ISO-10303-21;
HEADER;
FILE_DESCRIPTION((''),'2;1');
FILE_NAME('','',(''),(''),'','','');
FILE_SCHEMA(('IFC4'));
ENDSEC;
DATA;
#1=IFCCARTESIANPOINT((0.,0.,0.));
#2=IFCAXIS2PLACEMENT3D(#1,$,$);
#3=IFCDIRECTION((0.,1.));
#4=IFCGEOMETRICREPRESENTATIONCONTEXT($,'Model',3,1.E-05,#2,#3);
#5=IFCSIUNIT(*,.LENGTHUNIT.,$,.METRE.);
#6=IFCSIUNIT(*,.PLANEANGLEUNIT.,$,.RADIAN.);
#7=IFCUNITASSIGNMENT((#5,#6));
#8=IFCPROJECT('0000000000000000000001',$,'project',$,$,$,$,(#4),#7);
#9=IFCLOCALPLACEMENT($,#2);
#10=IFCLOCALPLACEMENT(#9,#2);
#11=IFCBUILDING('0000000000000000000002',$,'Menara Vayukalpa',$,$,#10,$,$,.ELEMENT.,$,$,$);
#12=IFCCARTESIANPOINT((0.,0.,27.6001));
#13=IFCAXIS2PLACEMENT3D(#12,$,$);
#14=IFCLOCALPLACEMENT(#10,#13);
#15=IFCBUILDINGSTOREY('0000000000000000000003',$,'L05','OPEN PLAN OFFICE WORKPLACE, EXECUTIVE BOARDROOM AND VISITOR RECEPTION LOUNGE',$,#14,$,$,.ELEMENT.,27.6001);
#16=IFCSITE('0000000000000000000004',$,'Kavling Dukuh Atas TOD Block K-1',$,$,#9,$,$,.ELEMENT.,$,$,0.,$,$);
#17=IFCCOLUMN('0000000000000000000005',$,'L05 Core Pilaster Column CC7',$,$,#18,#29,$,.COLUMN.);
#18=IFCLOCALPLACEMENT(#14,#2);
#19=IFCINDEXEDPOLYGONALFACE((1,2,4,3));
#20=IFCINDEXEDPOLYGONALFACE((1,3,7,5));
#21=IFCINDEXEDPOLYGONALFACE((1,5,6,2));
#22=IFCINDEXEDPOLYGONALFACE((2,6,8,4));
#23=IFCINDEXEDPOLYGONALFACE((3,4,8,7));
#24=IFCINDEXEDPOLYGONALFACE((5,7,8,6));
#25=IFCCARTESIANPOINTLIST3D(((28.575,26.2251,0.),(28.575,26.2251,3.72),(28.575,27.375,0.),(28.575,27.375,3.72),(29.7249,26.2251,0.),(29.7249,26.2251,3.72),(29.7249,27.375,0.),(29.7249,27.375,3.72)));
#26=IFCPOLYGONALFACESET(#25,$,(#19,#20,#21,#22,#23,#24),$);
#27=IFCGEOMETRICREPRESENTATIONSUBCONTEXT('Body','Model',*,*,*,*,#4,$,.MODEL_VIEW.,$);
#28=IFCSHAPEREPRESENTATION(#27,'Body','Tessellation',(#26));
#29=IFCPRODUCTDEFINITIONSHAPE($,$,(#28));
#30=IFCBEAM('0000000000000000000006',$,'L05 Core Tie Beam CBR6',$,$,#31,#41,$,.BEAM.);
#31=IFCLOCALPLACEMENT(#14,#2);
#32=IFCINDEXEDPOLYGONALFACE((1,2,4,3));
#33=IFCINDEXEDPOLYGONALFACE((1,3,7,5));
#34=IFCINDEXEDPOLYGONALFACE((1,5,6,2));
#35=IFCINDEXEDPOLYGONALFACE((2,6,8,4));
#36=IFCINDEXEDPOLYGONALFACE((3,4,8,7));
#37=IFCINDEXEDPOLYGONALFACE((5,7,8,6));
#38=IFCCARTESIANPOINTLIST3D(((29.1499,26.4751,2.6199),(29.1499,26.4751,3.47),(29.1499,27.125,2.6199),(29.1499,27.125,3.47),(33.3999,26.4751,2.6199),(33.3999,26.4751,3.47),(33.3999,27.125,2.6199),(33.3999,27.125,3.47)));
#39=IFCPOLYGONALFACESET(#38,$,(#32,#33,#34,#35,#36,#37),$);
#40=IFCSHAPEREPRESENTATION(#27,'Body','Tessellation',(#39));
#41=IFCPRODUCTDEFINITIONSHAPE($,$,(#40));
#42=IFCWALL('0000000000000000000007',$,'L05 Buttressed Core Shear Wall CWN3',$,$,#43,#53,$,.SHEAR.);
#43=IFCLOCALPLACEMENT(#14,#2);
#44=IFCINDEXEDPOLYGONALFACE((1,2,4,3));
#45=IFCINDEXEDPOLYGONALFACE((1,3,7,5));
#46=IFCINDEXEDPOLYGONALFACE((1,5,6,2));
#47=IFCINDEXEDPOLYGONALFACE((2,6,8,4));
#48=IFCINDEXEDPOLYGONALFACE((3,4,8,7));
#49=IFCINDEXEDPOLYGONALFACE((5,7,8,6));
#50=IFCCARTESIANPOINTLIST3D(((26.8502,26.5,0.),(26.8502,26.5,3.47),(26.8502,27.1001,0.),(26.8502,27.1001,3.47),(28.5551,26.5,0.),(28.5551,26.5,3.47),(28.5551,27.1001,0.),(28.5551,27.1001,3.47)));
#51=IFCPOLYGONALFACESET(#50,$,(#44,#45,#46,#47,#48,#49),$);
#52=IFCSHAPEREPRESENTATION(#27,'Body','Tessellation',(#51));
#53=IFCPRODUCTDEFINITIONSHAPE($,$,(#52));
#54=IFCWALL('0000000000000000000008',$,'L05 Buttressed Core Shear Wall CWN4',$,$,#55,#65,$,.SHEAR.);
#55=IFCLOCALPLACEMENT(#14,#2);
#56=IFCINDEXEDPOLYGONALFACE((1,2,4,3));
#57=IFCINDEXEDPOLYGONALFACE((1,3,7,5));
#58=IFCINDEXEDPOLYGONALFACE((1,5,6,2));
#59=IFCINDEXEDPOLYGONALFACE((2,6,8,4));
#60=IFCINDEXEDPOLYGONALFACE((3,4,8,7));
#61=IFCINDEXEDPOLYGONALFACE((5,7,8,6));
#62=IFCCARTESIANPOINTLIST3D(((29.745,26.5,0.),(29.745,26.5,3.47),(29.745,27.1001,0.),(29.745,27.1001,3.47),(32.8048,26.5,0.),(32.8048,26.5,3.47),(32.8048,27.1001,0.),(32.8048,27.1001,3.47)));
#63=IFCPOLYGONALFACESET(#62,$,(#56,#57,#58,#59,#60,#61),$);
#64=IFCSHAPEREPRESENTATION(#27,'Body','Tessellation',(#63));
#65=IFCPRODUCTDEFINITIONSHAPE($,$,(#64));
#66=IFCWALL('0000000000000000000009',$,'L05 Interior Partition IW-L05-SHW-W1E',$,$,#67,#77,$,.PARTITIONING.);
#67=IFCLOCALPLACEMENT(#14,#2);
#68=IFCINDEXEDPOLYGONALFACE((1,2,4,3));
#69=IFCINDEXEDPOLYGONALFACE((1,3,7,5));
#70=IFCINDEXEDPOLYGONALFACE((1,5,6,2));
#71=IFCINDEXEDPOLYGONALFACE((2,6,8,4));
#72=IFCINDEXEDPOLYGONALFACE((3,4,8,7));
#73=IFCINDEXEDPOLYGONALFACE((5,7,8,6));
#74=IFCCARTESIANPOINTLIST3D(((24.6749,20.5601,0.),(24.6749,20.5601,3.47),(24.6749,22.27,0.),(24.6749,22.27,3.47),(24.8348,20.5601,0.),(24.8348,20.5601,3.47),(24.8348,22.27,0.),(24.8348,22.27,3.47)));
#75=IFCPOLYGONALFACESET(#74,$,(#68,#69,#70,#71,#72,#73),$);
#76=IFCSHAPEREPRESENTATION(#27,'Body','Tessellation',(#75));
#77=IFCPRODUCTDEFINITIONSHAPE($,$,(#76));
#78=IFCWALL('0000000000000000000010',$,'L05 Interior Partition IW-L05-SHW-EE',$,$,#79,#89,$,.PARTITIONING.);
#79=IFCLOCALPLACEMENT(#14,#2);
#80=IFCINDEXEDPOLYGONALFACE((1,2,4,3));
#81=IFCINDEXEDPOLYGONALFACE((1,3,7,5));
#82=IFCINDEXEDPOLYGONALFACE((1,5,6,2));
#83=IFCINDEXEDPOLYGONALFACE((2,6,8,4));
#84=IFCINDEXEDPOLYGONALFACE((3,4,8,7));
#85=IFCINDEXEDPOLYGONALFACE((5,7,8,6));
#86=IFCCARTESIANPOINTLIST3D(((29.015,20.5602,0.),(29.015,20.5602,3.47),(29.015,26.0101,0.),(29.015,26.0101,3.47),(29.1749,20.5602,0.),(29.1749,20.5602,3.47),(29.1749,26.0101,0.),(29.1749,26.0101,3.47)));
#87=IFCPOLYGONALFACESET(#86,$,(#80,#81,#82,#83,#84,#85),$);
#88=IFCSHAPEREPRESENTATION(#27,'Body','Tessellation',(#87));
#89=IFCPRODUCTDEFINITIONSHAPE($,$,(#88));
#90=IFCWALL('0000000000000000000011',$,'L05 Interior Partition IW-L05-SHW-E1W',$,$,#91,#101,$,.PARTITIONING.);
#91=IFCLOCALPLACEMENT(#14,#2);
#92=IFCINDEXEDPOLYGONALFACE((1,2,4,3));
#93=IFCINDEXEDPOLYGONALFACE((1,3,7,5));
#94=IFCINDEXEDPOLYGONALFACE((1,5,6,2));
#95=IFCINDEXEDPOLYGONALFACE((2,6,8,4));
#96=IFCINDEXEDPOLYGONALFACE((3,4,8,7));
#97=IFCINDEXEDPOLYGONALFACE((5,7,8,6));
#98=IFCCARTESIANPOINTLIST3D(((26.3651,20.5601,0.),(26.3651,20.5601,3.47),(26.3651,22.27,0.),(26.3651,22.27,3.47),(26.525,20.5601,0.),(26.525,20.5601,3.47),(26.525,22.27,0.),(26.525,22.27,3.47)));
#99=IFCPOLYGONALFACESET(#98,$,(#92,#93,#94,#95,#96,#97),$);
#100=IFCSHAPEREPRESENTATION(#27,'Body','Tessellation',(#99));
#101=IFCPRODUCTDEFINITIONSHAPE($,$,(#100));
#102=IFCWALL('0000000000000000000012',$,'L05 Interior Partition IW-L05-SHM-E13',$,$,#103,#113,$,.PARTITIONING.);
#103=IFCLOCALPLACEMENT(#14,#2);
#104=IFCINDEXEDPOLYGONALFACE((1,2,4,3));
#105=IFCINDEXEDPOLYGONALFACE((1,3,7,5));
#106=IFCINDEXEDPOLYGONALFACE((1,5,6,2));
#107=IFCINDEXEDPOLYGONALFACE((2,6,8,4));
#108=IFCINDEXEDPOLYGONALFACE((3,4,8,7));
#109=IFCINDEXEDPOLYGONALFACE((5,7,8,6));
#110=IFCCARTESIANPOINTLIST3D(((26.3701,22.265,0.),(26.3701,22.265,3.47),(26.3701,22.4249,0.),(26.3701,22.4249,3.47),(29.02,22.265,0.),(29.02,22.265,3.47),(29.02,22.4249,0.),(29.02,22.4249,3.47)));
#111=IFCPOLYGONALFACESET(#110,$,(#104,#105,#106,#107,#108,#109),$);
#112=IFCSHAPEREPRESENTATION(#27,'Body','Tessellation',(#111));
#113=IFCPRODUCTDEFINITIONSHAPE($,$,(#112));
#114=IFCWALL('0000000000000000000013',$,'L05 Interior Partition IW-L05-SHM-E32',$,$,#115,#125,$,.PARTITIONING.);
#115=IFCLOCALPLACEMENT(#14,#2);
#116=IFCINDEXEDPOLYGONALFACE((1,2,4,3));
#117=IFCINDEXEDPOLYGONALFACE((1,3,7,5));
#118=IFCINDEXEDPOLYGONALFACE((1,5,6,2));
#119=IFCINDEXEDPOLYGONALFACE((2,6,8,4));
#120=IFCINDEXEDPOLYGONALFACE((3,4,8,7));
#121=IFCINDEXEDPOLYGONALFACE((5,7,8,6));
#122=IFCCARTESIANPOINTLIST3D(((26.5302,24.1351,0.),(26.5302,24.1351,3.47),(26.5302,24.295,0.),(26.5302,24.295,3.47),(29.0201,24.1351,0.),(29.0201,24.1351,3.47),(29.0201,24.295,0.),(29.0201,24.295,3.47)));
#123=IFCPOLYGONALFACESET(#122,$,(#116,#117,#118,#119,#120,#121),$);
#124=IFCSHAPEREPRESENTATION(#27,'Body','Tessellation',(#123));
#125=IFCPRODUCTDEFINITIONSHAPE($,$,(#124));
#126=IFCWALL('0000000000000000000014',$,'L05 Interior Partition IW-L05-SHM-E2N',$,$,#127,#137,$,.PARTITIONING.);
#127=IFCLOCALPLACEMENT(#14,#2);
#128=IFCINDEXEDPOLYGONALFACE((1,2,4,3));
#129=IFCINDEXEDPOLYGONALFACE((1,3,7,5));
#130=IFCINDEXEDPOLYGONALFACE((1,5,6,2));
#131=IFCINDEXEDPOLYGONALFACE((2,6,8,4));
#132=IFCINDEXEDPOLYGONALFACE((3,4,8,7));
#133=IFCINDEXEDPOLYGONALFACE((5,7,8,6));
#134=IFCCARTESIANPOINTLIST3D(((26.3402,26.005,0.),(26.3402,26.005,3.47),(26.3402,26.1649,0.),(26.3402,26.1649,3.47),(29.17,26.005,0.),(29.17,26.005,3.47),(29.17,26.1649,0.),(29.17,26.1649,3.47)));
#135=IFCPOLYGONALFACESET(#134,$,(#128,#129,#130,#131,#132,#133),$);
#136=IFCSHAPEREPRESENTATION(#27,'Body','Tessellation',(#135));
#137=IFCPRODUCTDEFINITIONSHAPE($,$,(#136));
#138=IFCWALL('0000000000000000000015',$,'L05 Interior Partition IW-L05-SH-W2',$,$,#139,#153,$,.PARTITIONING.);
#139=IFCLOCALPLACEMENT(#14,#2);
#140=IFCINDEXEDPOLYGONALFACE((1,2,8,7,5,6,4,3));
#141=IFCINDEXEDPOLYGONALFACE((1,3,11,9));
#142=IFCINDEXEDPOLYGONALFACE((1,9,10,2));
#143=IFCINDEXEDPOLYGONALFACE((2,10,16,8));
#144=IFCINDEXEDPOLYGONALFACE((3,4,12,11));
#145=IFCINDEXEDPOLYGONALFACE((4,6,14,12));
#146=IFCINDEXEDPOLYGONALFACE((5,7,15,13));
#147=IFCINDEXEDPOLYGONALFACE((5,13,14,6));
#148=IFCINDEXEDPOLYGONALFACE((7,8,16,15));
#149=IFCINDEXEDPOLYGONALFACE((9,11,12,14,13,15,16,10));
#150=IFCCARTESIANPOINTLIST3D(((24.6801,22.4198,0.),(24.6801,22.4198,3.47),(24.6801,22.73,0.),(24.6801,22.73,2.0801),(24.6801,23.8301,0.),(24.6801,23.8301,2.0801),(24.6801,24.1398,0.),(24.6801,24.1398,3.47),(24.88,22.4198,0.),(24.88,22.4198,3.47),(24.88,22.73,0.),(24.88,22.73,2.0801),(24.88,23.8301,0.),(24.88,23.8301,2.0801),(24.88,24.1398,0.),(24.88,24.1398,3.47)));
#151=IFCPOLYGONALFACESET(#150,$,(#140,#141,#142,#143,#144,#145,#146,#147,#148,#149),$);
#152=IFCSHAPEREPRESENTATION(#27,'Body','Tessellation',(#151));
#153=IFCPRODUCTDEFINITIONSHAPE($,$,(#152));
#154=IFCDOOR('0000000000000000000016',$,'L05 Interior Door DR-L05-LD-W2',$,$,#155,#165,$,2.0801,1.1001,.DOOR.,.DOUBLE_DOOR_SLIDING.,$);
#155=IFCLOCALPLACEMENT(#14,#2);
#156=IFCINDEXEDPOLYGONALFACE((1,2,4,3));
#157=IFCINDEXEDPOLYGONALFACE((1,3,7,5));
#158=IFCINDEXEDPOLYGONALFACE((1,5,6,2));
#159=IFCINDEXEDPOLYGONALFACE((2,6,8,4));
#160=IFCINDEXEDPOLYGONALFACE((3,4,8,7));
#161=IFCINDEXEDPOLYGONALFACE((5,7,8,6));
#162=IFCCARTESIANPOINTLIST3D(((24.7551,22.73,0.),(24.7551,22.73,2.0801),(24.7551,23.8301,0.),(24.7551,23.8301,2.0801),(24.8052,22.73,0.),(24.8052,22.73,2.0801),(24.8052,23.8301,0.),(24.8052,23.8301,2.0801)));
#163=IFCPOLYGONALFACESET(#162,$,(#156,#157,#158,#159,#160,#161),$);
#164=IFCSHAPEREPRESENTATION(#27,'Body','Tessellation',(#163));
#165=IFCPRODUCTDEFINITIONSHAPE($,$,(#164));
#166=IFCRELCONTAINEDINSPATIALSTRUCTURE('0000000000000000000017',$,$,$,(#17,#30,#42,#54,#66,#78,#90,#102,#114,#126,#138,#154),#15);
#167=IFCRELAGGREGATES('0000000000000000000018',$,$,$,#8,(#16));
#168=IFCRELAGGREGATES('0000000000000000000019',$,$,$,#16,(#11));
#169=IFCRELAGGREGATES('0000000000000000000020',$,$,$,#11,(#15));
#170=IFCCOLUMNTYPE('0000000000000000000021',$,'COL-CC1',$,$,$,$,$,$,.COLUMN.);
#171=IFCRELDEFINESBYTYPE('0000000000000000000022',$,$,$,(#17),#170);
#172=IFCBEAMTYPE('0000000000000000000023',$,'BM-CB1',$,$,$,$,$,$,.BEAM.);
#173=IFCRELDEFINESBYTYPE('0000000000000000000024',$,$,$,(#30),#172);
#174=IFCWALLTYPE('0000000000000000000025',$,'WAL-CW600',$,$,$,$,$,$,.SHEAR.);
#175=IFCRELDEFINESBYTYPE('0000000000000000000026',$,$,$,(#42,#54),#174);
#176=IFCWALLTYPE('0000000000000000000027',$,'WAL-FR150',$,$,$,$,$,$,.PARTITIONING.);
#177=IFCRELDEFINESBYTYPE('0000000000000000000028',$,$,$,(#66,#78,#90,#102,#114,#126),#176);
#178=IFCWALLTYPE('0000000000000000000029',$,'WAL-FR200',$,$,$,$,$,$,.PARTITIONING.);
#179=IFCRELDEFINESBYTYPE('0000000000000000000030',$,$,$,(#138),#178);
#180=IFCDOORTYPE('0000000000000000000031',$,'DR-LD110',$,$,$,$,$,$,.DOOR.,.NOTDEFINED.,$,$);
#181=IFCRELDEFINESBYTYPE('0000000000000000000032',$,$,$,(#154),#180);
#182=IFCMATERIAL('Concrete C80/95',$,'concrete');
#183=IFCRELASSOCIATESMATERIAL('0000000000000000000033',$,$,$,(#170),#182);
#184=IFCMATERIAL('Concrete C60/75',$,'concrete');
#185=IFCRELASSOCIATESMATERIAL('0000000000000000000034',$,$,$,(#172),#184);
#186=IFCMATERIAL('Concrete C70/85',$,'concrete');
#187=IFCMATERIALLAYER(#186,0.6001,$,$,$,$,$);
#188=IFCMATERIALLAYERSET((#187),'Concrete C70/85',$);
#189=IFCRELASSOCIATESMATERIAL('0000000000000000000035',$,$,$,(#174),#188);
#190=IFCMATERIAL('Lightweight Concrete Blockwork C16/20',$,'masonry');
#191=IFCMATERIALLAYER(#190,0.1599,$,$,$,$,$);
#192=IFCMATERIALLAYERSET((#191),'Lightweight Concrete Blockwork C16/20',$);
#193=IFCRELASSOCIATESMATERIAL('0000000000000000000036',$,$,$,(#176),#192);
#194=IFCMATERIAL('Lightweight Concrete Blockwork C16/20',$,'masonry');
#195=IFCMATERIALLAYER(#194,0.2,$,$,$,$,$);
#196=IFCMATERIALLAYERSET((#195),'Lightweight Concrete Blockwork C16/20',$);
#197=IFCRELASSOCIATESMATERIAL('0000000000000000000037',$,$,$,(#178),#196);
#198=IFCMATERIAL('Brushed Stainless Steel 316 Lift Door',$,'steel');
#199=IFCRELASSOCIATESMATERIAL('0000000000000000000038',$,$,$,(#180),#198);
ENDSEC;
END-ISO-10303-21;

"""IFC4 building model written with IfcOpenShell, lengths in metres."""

from ifc_helpers import new_model, si_unit, direction, frame, frame_2d, origin, origin_2d, place, context, subcontext, project, spatial, rectangle, extrude, material, layer, layer_set, material_profile, profile_set, type_object, element, fill, save


model = new_model("IFC4")

# Units and contexts
model_context = context("Model", 3, precision=1e-05, world=origin(), true_north=direction((0.0, 1.0)))
body_context = subcontext(model_context, "Body", "Model", "MODEL_VIEW")
ifc_project = project(units=[si_unit("LENGTHUNIT", "METRE"), si_unit("PLANEANGLEUNIT", "RADIAN")], contexts=[model_context])

# Site, building, storey
site_placement = place(None, origin())
site = spatial("IfcSite", under=ifc_project, at=site_placement, Name="Kavling Dukuh Atas TOD Block K-1", CompositionType="ELEMENT", RefElevation=0.0)
building_placement = place(site_placement, origin())
building = spatial("IfcBuilding", under=site, at=building_placement, Name="Menara Vayukalpa", CompositionType="ELEMENT")
storey_placement = place(building_placement, frame((0.0, 0.0, 27.6001)))
storey = spatial("IfcBuildingStorey", under=building, at=storey_placement, Name="L05", Description="OPEN PLAN OFFICE WORKPLACE, EXECUTIVE BOARDROOM AND VISITOR RECEPTION LOUNGE", CompositionType="ELEMENT", Elevation=27.6001)

# Column
ifc_material_1 = material(Name="Concrete C80/95", Category="concrete")
ifc_material_profile_1 = material_profile(ifc_material_1, rectangle(XDim=1.1499, YDim=1.1499, at=origin_2d()), Name="RC 1150x1150")
ifc_profile_set_1 = profile_set([ifc_material_profile_1], Name="Concrete C80/95")
column_type = type_object("IfcColumnType", Name="COL-CC1", PredefinedType="COLUMN", material=ifc_profile_set_1)
column_placement = place(storey_placement, frame((29.1499, 26.8, 0.0), z_axis=(0.0, 0.0, 1.0), x_axis=(1.0, 0.0, 0.0)))
element("IfcColumn", 1, at=column_placement, inside=storey, type_object=column_type, Name="L05 Core Pilaster Column CC7", PredefinedType="COLUMN", context=body_context, shape_type="SweptSolid", body=[
    extrude(rectangle(XDim=1.1499, YDim=1.1499, at=origin_2d()), origin(), (0.0, 0.0, 1.0), 3.72),
])

# Beam
ifc_material_2 = material(Name="Concrete C60/75", Category="concrete")
ifc_material_profile_2 = material_profile(ifc_material_2, rectangle(XDim=0.6499, YDim=0.8501, at=origin_2d()), Name="RC 650x850")
ifc_profile_set_2 = profile_set([ifc_material_profile_2], Name="Concrete C60/75")
beam_type = type_object("IfcBeamType", Name="BM-CB1", PredefinedType="BEAM", material=ifc_profile_set_2)
beam_placement = place(storey_placement, frame((29.1499, 26.8, 3.0449), z_axis=(1.0, 0.0, 0.0), x_axis=(0.0, 1.0, 0.0)))
element("IfcBeam", 2, at=beam_placement, inside=storey, type_object=beam_type, Name="L05 Core Tie Beam CBR6", PredefinedType="BEAM", context=body_context, shape_type="SweptSolid", body=[
    extrude(rectangle(XDim=0.6499, YDim=0.8501, at=origin_2d()), origin(), (0.0, 0.0, 1.0), 4.25),
])

# Walls
ifc_material_3 = material(Name="Concrete C70/85", Category="concrete")
ifc_layer_1 = layer(ifc_material_3, 0.6001)
ifc_layer_set_1 = layer_set([ifc_layer_1], Name="Concrete C70/85")
wall_type_1 = type_object("IfcWallType", Name="WAL-CW600", PredefinedType="SHEAR", material=ifc_layer_set_1)
wall_1_placement = place(storey_placement, frame((26.8501, 26.8, 0.0), z_axis=(0.0, 0.0, 1.0), x_axis=(1.0, 0.0, 0.0)))
element("IfcWall", 3, at=wall_1_placement, inside=storey, type_object=wall_type_1, Name="L05 Buttressed Core Shear Wall CWN3", PredefinedType="SHEAR", context=body_context, shape_type="SweptSolid", body=[
    extrude(rectangle(XDim=1.7048, YDim=0.6001, at=frame_2d((0.8525, 0.0))), origin(), (0.0, 0.0, 1.0), 3.47),
])
wall_2_placement = place(storey_placement, frame((29.7451, 26.8, 0.0), z_axis=(0.0, 0.0, 1.0), x_axis=(1.0, 0.0, 0.0)))
element("IfcWall", 4, at=wall_2_placement, inside=storey, type_object=wall_type_1, Name="L05 Buttressed Core Shear Wall CWN4", PredefinedType="SHEAR", context=body_context, shape_type="SweptSolid", body=[
    extrude(rectangle(XDim=3.0598, YDim=0.6001, at=frame_2d((1.5298, 0.0))), origin(), (0.0, 0.0, 1.0), 3.47),
])
ifc_material_4 = material(Name="Lightweight Concrete Blockwork C16/20", Category="masonry")
ifc_layer_2 = layer(ifc_material_4, 0.1599)
ifc_layer_set_2 = layer_set([ifc_layer_2], Name="Lightweight Concrete Blockwork C16/20")
wall_type_2 = type_object("IfcWallType", Name="WAL-FR150", PredefinedType="PARTITIONING", material=ifc_layer_set_2)
wall_3_placement = place(storey_placement, frame((24.7549, 20.5601, 0.0), z_axis=(0.0, 0.0, 1.0), x_axis=(0.0, 1.0, 0.0)))
element("IfcWall", 5, at=wall_3_placement, inside=storey, type_object=wall_type_2, Name="L05 Interior Partition IW-L05-SHW-W1E", PredefinedType="PARTITIONING", context=body_context, shape_type="SweptSolid", body=[
    extrude(rectangle(XDim=1.71, YDim=0.1599, at=frame_2d((0.855, 0.0))), origin(), (0.0, 0.0, 1.0), 3.47),
])
wall_4_placement = place(storey_placement, frame((29.095, 20.5601, 0.0), z_axis=(0.0, 0.0, 1.0), x_axis=(0.0, 1.0, 0.0)))
element("IfcWall", 6, at=wall_4_placement, inside=storey, type_object=wall_type_2, Name="L05 Interior Partition IW-L05-SHW-EE", PredefinedType="PARTITIONING", context=body_context, shape_type="SweptSolid", body=[
    extrude(rectangle(XDim=5.45, YDim=0.1599, at=frame_2d((2.7251, 0.0))), origin(), (0.0, 0.0, 1.0), 3.47),
])
wall_5_placement = place(storey_placement, frame((26.4451, 20.5601, 0.0), z_axis=(0.0, 0.0, 1.0), x_axis=(0.0, 1.0, 0.0)))
element("IfcWall", 7, at=wall_5_placement, inside=storey, type_object=wall_type_2, Name="L05 Interior Partition IW-L05-SHW-E1W", PredefinedType="PARTITIONING", context=body_context, shape_type="SweptSolid", body=[
    extrude(rectangle(XDim=1.71, YDim=0.1599, at=frame_2d((0.855, 0.0))), origin(), (0.0, 0.0, 1.0), 3.47),
])
wall_6_placement = place(storey_placement, frame((26.3701, 22.345, 0.0), z_axis=(0.0, 0.0, 1.0), x_axis=(1.0, 0.0, 0.0)))
element("IfcWall", 8, at=wall_6_placement, inside=storey, type_object=wall_type_2, Name="L05 Interior Partition IW-L05-SHM-E13", PredefinedType="PARTITIONING", context=body_context, shape_type="SweptSolid", body=[
    extrude(rectangle(XDim=2.6499, YDim=0.1599, at=frame_2d((1.325, 0.0))), origin(), (0.0, 0.0, 1.0), 3.47),
])
wall_7_placement = place(storey_placement, frame((26.53, 24.2151, 0.0), z_axis=(0.0, 0.0, 1.0), x_axis=(1.0, 0.0, 0.0)))
element("IfcWall", 9, at=wall_7_placement, inside=storey, type_object=wall_type_2, Name="L05 Interior Partition IW-L05-SHM-E32", PredefinedType="PARTITIONING", context=body_context, shape_type="SweptSolid", body=[
    extrude(rectangle(XDim=2.49, YDim=0.1599, at=frame_2d((1.2451, 0.0))), origin(), (0.0, 0.0, 1.0), 3.47),
])
wall_8_placement = place(storey_placement, frame((26.3401, 26.085, 0.0), z_axis=(0.0, 0.0, 1.0), x_axis=(1.0, 0.0, 0.0)))
element("IfcWall", 10, at=wall_8_placement, inside=storey, type_object=wall_type_2, Name="L05 Interior Partition IW-L05-SHM-E2N", PredefinedType="PARTITIONING", context=body_context, shape_type="SweptSolid", body=[
    extrude(rectangle(XDim=2.8298, YDim=0.1599, at=frame_2d((1.415, 0.0))), origin(), (0.0, 0.0, 1.0), 3.47),
])

# Wall, opening, door
ifc_material_5 = material(Name="Lightweight Concrete Blockwork C16/20", Category="masonry")
ifc_layer_3 = layer(ifc_material_5, 0.2)
ifc_layer_set_3 = layer_set([ifc_layer_3], Name="Lightweight Concrete Blockwork C16/20")
wall_type_3 = type_object("IfcWallType", Name="WAL-FR200", PredefinedType="PARTITIONING", material=ifc_layer_set_3)
wall_9_placement = place(storey_placement, frame((24.78, 22.4199, 0.0), z_axis=(0.0, 0.0, 1.0), x_axis=(0.0, 1.0, 0.0)))
wall_9 = element("IfcWall", 11, at=wall_9_placement, inside=storey, type_object=wall_type_3, Name="L05 Interior Partition IW-L05-SH-W2", PredefinedType="PARTITIONING", context=body_context, shape_type="SweptSolid", body=[
    extrude(rectangle(XDim=1.72, YDim=0.2, at=frame_2d((0.8599, 0.0))), origin(), (0.0, 0.0, 1.0), 3.47),
])
opening_1_placement = place(wall_9_placement, frame((0.3101, 0.0, 0.0)))
opening_1 = element("IfcOpeningElement", 12, at=opening_1_placement, cuts=wall_9, PredefinedType="OPENING", context=body_context, shape_type="SweptSolid", body=[
    extrude(rectangle(XDim=1.1001, YDim=2.0801, at=frame_2d((0.55, 1.04))), frame((0.0, 0.1099, 0.0), z_axis=(0.0, -1.0, 0.0), x_axis=(1.0, 0.0, 0.0)), (0.0, 0.0, 1.0), 0.22),
])
ifc_material_6 = material(Name="Brushed Stainless Steel 316 Lift Door", Category="steel")
door_type = type_object("IfcDoorType", Name="DR-LD110", OperationType="NOTDEFINED", PredefinedType="DOOR", material=ifc_material_6)
door_1_placement = place(opening_1_placement, origin())
door_1 = element("IfcDoor", 13, at=door_1_placement, inside=storey, type_object=door_type, Name="L05 Interior Door DR-L05-LD-W2", OperationType="DOUBLE_DOOR_SLIDING", OverallHeight=2.0801, OverallWidth=1.1001, PredefinedType="DOOR", context=body_context, shape_type="SweptSolid", body=[
    extrude(rectangle(XDim=1.1001, YDim=2.0801, at=frame_2d((0.55, 1.04))), frame((0.0, 0.0249, 0.0), z_axis=(0.0, -1.0, 0.0), x_axis=(1.0, 0.0, 0.0)), (0.0, 0.0, 1.0), 0.05),
])
fill(opening_1, door_1)

save(model, "model.ifc")
